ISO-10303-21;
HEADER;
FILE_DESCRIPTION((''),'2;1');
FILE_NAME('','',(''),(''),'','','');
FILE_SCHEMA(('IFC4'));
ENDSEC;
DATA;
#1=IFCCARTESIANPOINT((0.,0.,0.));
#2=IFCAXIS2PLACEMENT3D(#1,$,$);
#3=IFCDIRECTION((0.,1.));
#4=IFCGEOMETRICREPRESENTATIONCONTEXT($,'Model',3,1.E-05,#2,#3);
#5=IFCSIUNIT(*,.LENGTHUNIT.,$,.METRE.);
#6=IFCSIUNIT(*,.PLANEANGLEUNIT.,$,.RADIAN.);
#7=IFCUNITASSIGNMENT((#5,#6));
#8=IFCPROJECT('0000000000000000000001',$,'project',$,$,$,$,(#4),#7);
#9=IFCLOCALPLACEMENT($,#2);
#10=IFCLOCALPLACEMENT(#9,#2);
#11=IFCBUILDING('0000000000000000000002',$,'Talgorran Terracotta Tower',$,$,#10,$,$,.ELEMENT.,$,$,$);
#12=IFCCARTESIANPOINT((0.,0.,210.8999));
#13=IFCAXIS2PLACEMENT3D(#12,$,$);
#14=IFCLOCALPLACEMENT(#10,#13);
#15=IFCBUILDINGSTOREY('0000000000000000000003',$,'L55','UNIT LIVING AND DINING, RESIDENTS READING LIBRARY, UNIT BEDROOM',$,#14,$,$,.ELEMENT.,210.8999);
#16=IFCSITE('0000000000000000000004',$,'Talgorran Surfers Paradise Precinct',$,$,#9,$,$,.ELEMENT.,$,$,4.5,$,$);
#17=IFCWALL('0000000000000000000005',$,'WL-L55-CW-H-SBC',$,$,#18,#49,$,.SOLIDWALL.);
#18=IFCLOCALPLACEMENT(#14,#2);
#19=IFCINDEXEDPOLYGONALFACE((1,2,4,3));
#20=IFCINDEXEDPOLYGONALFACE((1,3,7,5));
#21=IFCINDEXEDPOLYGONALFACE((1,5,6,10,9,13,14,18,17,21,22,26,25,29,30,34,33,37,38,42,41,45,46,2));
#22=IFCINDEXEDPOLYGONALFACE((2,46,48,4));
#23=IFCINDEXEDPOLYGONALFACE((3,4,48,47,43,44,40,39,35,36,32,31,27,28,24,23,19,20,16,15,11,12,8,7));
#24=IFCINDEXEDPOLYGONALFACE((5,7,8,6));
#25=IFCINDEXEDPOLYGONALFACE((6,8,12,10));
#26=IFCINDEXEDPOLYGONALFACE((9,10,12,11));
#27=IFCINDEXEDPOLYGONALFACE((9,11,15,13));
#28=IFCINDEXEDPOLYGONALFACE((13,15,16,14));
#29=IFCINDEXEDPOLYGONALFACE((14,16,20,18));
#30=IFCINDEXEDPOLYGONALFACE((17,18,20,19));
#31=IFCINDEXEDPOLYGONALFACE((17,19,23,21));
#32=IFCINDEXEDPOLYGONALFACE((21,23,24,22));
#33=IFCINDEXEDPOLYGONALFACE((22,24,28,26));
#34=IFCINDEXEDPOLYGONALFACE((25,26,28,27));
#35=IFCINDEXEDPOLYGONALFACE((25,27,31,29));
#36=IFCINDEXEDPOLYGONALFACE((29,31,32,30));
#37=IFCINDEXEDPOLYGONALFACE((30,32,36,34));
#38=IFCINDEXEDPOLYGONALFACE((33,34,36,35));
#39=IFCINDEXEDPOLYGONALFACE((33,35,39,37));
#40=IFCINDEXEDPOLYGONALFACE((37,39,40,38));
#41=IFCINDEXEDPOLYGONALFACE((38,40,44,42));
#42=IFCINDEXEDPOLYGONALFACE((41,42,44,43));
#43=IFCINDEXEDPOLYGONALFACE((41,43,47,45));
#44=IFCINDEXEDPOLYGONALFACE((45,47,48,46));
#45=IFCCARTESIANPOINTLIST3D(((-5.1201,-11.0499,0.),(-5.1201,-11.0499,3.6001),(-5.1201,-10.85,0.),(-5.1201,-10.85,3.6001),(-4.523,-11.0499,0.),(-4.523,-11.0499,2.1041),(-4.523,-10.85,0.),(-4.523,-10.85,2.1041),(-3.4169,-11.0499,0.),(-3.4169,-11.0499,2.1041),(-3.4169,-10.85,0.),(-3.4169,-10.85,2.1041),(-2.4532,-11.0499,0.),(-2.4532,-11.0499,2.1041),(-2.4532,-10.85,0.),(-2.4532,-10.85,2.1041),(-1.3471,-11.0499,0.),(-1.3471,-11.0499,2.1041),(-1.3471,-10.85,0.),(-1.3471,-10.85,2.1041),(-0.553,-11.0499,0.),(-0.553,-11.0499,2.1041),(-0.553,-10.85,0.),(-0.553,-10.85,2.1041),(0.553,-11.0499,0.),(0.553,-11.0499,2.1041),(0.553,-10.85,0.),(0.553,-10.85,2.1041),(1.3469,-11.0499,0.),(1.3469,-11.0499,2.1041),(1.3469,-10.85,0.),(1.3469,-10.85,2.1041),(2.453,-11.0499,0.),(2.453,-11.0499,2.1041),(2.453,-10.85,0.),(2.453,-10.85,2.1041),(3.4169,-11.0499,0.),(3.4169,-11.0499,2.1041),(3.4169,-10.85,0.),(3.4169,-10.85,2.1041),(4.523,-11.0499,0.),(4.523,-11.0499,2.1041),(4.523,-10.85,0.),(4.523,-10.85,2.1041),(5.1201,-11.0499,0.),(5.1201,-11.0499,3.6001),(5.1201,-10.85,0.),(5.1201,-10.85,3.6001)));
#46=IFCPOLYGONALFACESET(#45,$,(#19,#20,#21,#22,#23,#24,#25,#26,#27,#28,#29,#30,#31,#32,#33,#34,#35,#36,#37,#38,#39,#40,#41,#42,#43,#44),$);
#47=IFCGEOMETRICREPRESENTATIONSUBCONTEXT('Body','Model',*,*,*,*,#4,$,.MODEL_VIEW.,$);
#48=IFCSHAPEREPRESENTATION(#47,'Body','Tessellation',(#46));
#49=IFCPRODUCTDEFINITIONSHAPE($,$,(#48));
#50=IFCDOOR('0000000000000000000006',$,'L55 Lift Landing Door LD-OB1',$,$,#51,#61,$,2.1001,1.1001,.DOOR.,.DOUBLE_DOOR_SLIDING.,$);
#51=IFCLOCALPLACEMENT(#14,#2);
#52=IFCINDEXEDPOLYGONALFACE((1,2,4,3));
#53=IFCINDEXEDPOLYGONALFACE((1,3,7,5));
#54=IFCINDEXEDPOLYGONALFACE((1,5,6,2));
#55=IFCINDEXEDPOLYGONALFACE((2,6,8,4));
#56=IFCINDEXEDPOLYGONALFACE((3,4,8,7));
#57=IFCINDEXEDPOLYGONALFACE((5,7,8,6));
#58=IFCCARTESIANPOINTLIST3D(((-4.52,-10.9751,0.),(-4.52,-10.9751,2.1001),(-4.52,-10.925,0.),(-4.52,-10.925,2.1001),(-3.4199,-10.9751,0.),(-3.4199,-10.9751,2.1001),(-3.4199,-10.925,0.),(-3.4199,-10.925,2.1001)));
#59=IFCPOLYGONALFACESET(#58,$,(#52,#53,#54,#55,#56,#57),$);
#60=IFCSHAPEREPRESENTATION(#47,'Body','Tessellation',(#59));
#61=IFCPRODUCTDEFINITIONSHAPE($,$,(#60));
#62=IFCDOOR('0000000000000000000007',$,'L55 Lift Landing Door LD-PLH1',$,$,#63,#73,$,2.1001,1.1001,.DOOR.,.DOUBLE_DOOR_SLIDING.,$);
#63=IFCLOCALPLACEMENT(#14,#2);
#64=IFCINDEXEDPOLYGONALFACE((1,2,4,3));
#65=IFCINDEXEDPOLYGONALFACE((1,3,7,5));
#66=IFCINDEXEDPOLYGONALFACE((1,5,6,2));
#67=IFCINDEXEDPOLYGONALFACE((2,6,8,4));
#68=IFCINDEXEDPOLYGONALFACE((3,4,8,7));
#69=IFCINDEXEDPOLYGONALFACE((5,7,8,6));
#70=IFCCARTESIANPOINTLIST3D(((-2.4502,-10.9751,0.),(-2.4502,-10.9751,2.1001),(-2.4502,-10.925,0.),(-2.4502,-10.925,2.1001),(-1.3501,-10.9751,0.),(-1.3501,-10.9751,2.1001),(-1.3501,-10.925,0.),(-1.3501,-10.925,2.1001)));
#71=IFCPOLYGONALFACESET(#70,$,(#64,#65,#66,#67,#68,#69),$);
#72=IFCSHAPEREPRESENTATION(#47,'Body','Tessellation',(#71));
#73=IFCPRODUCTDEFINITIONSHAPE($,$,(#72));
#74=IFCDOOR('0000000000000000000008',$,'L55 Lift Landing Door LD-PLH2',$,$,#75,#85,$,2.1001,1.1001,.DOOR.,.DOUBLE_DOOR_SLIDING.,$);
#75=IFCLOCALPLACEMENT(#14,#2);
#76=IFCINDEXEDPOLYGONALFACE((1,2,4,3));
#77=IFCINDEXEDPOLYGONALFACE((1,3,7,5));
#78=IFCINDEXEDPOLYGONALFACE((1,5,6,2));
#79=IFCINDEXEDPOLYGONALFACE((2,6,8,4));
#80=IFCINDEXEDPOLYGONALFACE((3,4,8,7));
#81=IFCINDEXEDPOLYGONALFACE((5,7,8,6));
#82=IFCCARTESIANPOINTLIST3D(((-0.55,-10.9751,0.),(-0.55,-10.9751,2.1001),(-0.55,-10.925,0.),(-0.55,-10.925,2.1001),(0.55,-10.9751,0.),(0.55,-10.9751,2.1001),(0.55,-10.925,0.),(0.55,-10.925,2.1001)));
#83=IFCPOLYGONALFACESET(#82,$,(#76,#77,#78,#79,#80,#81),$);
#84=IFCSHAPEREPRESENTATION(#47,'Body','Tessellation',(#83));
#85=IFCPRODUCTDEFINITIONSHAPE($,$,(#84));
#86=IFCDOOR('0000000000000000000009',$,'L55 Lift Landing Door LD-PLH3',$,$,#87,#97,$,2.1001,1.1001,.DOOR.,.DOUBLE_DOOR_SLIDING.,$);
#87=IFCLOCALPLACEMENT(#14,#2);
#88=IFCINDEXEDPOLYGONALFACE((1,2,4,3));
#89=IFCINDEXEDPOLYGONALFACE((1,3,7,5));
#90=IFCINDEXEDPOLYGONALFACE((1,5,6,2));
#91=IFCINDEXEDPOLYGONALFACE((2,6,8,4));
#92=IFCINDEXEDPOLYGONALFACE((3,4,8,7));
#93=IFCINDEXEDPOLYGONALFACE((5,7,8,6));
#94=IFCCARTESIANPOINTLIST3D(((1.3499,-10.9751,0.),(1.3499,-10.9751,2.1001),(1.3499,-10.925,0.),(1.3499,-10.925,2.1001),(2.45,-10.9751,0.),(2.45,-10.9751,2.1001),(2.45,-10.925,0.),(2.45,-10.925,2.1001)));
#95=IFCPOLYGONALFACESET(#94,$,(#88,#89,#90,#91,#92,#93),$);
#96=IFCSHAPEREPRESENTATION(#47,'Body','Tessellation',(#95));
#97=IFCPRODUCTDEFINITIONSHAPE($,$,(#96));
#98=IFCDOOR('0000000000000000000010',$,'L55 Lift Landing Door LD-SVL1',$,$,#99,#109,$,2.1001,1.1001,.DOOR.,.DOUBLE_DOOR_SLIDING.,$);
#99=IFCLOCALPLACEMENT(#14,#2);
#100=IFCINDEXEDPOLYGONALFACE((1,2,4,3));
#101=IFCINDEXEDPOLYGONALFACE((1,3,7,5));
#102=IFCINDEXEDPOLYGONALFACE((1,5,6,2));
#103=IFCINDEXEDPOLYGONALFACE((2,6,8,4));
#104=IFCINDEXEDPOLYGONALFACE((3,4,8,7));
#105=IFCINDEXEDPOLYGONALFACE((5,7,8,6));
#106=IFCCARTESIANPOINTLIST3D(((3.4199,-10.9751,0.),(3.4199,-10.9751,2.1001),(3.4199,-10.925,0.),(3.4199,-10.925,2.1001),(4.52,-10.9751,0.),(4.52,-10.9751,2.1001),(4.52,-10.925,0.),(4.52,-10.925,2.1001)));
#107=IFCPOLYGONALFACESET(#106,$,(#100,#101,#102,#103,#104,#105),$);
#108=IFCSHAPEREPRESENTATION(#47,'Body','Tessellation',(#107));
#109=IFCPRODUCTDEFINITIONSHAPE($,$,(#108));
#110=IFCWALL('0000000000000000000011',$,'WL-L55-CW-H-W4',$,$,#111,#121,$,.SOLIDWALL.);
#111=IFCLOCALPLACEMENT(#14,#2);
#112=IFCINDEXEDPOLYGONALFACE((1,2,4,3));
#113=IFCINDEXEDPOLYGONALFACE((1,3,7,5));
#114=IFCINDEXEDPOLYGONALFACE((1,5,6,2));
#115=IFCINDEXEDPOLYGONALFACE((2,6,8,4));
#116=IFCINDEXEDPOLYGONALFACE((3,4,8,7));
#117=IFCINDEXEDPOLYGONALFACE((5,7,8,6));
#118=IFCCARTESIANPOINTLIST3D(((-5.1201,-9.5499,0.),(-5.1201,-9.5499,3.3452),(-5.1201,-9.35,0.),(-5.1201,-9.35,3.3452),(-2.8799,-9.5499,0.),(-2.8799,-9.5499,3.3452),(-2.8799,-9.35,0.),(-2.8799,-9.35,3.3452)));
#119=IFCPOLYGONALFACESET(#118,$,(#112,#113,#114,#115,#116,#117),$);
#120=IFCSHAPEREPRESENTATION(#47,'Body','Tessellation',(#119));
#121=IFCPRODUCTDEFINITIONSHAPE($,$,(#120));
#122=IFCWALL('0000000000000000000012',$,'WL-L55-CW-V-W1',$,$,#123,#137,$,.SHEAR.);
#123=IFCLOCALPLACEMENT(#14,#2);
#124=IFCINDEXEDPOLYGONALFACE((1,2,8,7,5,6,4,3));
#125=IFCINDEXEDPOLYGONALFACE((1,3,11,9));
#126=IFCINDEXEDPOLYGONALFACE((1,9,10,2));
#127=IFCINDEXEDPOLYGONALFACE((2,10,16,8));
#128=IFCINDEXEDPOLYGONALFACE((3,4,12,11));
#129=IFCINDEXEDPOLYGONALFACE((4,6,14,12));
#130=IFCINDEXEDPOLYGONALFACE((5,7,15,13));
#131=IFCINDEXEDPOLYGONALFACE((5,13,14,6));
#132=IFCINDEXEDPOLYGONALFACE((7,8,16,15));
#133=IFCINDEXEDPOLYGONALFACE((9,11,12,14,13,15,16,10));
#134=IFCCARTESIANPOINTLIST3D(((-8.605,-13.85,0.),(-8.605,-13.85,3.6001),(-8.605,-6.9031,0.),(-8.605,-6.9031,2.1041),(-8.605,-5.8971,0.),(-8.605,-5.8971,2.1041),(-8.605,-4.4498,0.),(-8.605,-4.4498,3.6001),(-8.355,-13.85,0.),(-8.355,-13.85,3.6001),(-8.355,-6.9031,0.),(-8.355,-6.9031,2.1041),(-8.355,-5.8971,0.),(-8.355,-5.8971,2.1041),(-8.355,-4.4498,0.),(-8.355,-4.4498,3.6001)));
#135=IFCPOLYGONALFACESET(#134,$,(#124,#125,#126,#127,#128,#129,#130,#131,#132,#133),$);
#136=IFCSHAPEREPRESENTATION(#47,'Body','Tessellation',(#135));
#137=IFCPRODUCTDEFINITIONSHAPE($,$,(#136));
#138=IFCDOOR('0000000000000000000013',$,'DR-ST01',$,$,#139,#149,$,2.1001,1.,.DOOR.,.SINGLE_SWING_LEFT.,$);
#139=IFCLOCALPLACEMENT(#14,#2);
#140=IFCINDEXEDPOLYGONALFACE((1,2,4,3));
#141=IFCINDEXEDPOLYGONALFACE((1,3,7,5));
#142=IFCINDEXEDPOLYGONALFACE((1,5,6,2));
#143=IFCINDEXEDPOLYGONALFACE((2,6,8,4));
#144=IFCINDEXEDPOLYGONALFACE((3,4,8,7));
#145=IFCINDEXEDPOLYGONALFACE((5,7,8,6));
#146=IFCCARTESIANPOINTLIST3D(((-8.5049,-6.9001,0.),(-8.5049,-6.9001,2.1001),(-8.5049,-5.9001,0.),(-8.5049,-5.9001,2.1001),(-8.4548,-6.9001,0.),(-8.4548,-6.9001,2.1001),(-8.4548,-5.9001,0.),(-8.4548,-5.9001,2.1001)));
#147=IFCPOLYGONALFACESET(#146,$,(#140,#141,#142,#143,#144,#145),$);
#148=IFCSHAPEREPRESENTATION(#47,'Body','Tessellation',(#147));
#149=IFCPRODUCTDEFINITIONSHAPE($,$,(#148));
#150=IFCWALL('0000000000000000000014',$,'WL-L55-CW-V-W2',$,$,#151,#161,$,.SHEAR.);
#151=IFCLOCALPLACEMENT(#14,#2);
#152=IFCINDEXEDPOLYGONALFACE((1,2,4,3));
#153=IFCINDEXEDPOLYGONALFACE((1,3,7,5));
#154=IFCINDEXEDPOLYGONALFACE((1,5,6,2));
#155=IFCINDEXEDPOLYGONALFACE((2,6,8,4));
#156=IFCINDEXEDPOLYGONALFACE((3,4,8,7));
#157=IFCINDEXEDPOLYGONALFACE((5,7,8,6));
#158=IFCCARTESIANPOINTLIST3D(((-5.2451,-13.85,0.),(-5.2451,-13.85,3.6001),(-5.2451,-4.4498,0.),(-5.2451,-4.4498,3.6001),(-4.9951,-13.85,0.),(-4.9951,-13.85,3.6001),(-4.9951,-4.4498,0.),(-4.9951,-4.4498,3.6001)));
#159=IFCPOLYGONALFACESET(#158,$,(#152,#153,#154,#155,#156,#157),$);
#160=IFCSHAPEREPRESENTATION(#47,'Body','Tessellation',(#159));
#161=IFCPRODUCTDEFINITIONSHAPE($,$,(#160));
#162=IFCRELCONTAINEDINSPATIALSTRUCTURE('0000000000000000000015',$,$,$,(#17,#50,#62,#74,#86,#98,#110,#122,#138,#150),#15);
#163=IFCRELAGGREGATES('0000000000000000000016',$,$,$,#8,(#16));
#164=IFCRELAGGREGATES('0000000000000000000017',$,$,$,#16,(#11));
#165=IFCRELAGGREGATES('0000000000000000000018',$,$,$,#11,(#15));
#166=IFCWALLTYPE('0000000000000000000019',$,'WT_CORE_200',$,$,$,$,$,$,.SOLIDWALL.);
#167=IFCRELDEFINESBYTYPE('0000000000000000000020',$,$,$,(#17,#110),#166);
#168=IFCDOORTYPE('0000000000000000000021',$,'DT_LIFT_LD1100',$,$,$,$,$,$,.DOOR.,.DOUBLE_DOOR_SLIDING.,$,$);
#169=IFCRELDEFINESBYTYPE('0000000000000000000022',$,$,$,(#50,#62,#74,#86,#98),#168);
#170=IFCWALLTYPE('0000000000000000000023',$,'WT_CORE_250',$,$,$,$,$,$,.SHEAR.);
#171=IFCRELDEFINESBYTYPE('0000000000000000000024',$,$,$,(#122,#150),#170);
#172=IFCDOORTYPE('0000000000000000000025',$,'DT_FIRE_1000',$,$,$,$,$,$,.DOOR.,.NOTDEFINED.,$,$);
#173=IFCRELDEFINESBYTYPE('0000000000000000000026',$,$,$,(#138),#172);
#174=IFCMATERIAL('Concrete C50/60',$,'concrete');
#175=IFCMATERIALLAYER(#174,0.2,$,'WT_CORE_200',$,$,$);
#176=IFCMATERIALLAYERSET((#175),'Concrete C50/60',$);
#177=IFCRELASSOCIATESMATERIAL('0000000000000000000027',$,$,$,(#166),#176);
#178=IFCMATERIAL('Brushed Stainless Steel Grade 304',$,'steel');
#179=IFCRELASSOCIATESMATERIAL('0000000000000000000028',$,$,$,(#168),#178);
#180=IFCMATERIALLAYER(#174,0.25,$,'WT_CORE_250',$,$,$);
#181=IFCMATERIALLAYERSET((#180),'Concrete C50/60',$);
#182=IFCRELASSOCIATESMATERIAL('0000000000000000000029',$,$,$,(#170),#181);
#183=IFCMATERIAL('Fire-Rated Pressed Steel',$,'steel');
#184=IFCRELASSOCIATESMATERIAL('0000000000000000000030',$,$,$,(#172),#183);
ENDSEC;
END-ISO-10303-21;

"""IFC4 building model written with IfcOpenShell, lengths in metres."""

from ifc_helpers import new_model, si_unit, direction, frame, frame_2d, origin, place, context, subcontext, project, spatial, rectangle, extrude, material, layer, layer_set, type_object, element, fill, save


model = new_model("IFC4")

# Units and contexts
model_context = context("Model", 3, precision=1e-05, world=origin(), true_north=direction((0.0, 1.0)))
body_context = subcontext(model_context, "Body", "Model", "MODEL_VIEW")
ifc_project = project(units=[si_unit("LENGTHUNIT", "METRE"), si_unit("PLANEANGLEUNIT", "RADIAN")], contexts=[model_context])

# Site, building, storey
site_placement = place(None, origin())
site = spatial("IfcSite", under=ifc_project, at=site_placement, Name="Talgorran Surfers Paradise Precinct", CompositionType="ELEMENT", RefElevation=4.5)
building_placement = place(site_placement, origin())
building = spatial("IfcBuilding", under=site, at=building_placement, Name="Talgorran Terracotta Tower", CompositionType="ELEMENT")
storey_placement = place(building_placement, frame((0.0, 0.0, 210.8999)))
storey = spatial("IfcBuildingStorey", under=building, at=storey_placement, Name="L55", Description="UNIT LIVING AND DINING, RESIDENTS READING LIBRARY, UNIT BEDROOM", CompositionType="ELEMENT", Elevation=210.8999)

# Shared definitions
ifc_material_1 = material(Name="Concrete C50/60", Category="concrete")

# Wall, openings, doors
ifc_layer_1 = layer(ifc_material_1, 0.2, Name="WT_CORE_200")
ifc_layer_set_1 = layer_set([ifc_layer_1], Name="Concrete C50/60")
wall_type_1 = type_object("IfcWallType", Name="WT_CORE_200", PredefinedType="SOLIDWALL", material=ifc_layer_set_1)
ifc_material_2 = material(Name="Brushed Stainless Steel Grade 304", Category="steel")
door_type_1 = type_object("IfcDoorType", Name="DT_LIFT_LD1100", OperationType="DOUBLE_DOOR_SLIDING", PredefinedType="DOOR", material=ifc_material_2)
ifc_material_3 = material(Name="Fire-Rated Pressed Steel", Category="steel")
wall_1_placement = place(storey_placement, frame((-5.1201, -10.95, 0.0), z_axis=(0.0, 0.0, 1.0), x_axis=(1.0, 0.0, 0.0)))
wall_1 = element("IfcWall", 1, at=wall_1_placement, inside=storey, type_object=wall_type_1, Name="WL-L55-CW-H-SBC", PredefinedType="SOLIDWALL", context=body_context, shape_type="SweptSolid", body=[
    extrude(rectangle(XDim=10.2402, YDim=0.2, at=frame_2d((5.1201, 0.0))), origin(), (0.0, 0.0, 1.0), 3.6001),
])
opening_1_placement = place(wall_1_placement, frame((0.6001, 0.0, 0.0)))
opening_1 = element("IfcOpeningElement", 2, at=opening_1_placement, cuts=wall_1, PredefinedType="OPENING", context=body_context, shape_type="SweptSolid", body=[
    extrude(rectangle(XDim=1.1061, YDim=2.1041, at=frame_2d((0.55, 1.052))), frame((0.0, 0.1099, 0.0), z_axis=(0.0, -1.0, 0.0), x_axis=(1.0, 0.0, 0.0)), (0.0, 0.0, 1.0), 0.22),
])
opening_2_placement = place(wall_1_placement, frame((2.6699, 0.0, 0.0)))
opening_2 = element("IfcOpeningElement", 3, at=opening_2_placement, cuts=wall_1, PredefinedType="OPENING", context=body_context, shape_type="SweptSolid", body=[
    extrude(rectangle(XDim=1.1061, YDim=2.1041, at=frame_2d((0.55, 1.052))), frame((0.0, 0.1099, 0.0), z_axis=(0.0, -1.0, 0.0), x_axis=(1.0, 0.0, 0.0)), (0.0, 0.0, 1.0), 0.22),
])
opening_3_placement = place(wall_1_placement, frame((4.5701, 0.0, 0.0)))
opening_3 = element("IfcOpeningElement", 4, at=opening_3_placement, cuts=wall_1, PredefinedType="OPENING", context=body_context, shape_type="SweptSolid", body=[
    extrude(rectangle(XDim=1.1061, YDim=2.1041, at=frame_2d((0.55, 1.052))), frame((0.0, 0.1099, 0.0), z_axis=(0.0, -1.0, 0.0), x_axis=(1.0, 0.0, 0.0)), (0.0, 0.0, 1.0), 0.22),
])
opening_4_placement = place(wall_1_placement, frame((6.47, 0.0, 0.0)))
opening_4 = element("IfcOpeningElement", 5, at=opening_4_placement, cuts=wall_1, PredefinedType="OPENING", context=body_context, shape_type="SweptSolid", body=[
    extrude(rectangle(XDim=1.1061, YDim=2.1041, at=frame_2d((0.55, 1.052))), frame((0.0, 0.1099, 0.0), z_axis=(0.0, -1.0, 0.0), x_axis=(1.0, 0.0, 0.0)), (0.0, 0.0, 1.0), 0.22),
])
opening_5_placement = place(wall_1_placement, frame((8.54, 0.0, 0.0)))
opening_5 = element("IfcOpeningElement", 6, at=opening_5_placement, cuts=wall_1, PredefinedType="OPENING", context=body_context, shape_type="SweptSolid", body=[
    extrude(rectangle(XDim=1.1061, YDim=2.1041, at=frame_2d((0.55, 1.052))), frame((0.0, 0.1099, 0.0), z_axis=(0.0, -1.0, 0.0), x_axis=(1.0, 0.0, 0.0)), (0.0, 0.0, 1.0), 0.22),
])
door_1_placement = place(opening_1_placement, origin())
door_1 = element("IfcDoor", 7, at=door_1_placement, inside=storey, type_object=door_type_1, Name="L55 Lift Landing Door LD-OB1", OperationType="DOUBLE_DOOR_SLIDING", OverallHeight=2.1001, OverallWidth=1.1001, PredefinedType="DOOR", context=body_context, shape_type="SweptSolid", body=[
    extrude(rectangle(XDim=1.1001, YDim=2.1001, at=frame_2d((0.55, 1.05))), frame((0.0, 0.0249, 0.0), z_axis=(0.0, -1.0, 0.0), x_axis=(1.0, 0.0, 0.0)), (0.0, 0.0, 1.0), 0.05),
])
fill(opening_1, door_1)
door_2_placement = place(opening_2_placement, origin())
door_2 = element("IfcDoor", 8, at=door_2_placement, inside=storey, type_object=door_type_1, Name="L55 Lift Landing Door LD-PLH1", OperationType="DOUBLE_DOOR_SLIDING", OverallHeight=2.1001, OverallWidth=1.1001, PredefinedType="DOOR", context=body_context, shape_type="SweptSolid", body=[
    extrude(rectangle(XDim=1.1001, YDim=2.1001, at=frame_2d((0.55, 1.05))), frame((0.0, 0.0249, 0.0), z_axis=(0.0, -1.0, 0.0), x_axis=(1.0, 0.0, 0.0)), (0.0, 0.0, 1.0), 0.05),
])
fill(opening_2, door_2)
door_3_placement = place(opening_3_placement, origin())
door_3 = element("IfcDoor", 9, at=door_3_placement, inside=storey, type_object=door_type_1, Name="L55 Lift Landing Door LD-PLH2", OperationType="DOUBLE_DOOR_SLIDING", OverallHeight=2.1001, OverallWidth=1.1001, PredefinedType="DOOR", context=body_context, shape_type="SweptSolid", body=[
    extrude(rectangle(XDim=1.1001, YDim=2.1001, at=frame_2d((0.55, 1.05))), frame((0.0, 0.0249, 0.0), z_axis=(0.0, -1.0, 0.0), x_axis=(1.0, 0.0, 0.0)), (0.0, 0.0, 1.0), 0.05),
])
fill(opening_3, door_3)
door_4_placement = place(opening_4_placement, origin())
door_4 = element("IfcDoor", 10, at=door_4_placement, inside=storey, type_object=door_type_1, Name="L55 Lift Landing Door LD-PLH3", OperationType="DOUBLE_DOOR_SLIDING", OverallHeight=2.1001, OverallWidth=1.1001, PredefinedType="DOOR", context=body_context, shape_type="SweptSolid", body=[
    extrude(rectangle(XDim=1.1001, YDim=2.1001, at=frame_2d((0.55, 1.05))), frame((0.0, 0.0249, 0.0), z_axis=(0.0, -1.0, 0.0), x_axis=(1.0, 0.0, 0.0)), (0.0, 0.0, 1.0), 0.05),
])
fill(opening_4, door_4)
door_5_placement = place(opening_5_placement, origin())
door_5 = element("IfcDoor", 11, at=door_5_placement, inside=storey, type_object=door_type_1, Name="L55 Lift Landing Door LD-SVL1", OperationType="DOUBLE_DOOR_SLIDING", OverallHeight=2.1001, OverallWidth=1.1001, PredefinedType="DOOR", context=body_context, shape_type="SweptSolid", body=[
    extrude(rectangle(XDim=1.1001, YDim=2.1001, at=frame_2d((0.55, 1.05))), frame((0.0, 0.0249, 0.0), z_axis=(0.0, -1.0, 0.0), x_axis=(1.0, 0.0, 0.0)), (0.0, 0.0, 1.0), 0.05),
])
fill(opening_5, door_5)

# Wall
wall_2_placement = place(storey_placement, frame((-5.1201, -9.45, 0.0), z_axis=(0.0, 0.0, 1.0), x_axis=(1.0, 0.0, 0.0)))
element("IfcWall", 12, at=wall_2_placement, inside=storey, type_object=wall_type_1, Name="WL-L55-CW-H-W4", PredefinedType="SOLIDWALL", context=body_context, shape_type="SweptSolid", body=[
    extrude(rectangle(XDim=2.2402, YDim=0.2, at=frame_2d((1.1201, 0.0))), origin(), (0.0, 0.0, 1.0), 3.3452),
])

# Wall, opening, door
ifc_layer_2 = layer(ifc_material_1, 0.25, Name="WT_CORE_250")
ifc_layer_set_2 = layer_set([ifc_layer_2], Name="Concrete C50/60")
wall_type_2 = type_object("IfcWallType", Name="WT_CORE_250", PredefinedType="SHEAR", material=ifc_layer_set_2)
wall_3_placement = place(storey_placement, frame((-8.48, -13.8501, 0.0), z_axis=(0.0, 0.0, 1.0), x_axis=(0.0, 1.0, 0.0)))
wall_3 = element("IfcWall", 13, at=wall_3_placement, inside=storey, type_object=wall_type_2, Name="WL-L55-CW-V-W1", PredefinedType="SHEAR", context=body_context, shape_type="SweptSolid", body=[
    extrude(rectangle(XDim=9.4001, YDim=0.25, at=frame_2d((4.7002, 0.0))), origin(), (0.0, 0.0, 1.0), 3.6001),
])
opening_6_placement = place(wall_3_placement, frame((6.95, 0.0, 0.0)))
opening_6 = element("IfcOpeningElement", 14, at=opening_6_placement, cuts=wall_3, PredefinedType="OPENING", context=body_context, shape_type="SweptSolid", body=[
    extrude(rectangle(XDim=1.006, YDim=2.1041, at=frame_2d((0.5, 1.052))), frame((0.0, 0.135, 0.0), z_axis=(0.0, -1.0, 0.0), x_axis=(1.0, 0.0, 0.0)), (0.0, 0.0, 1.0), 0.27),
])
door_type_2 = type_object("IfcDoorType", Name="DT_FIRE_1000", OperationType="NOTDEFINED", PredefinedType="DOOR", material=ifc_material_3)
door_6_placement = place(opening_6_placement, origin())
door_6 = element("IfcDoor", 15, at=door_6_placement, inside=storey, type_object=door_type_2, Name="DR-ST01", OperationType="SINGLE_SWING_LEFT", OverallHeight=2.1001, OverallWidth=1.0, PredefinedType="DOOR", context=body_context, shape_type="SweptSolid", body=[
    extrude(rectangle(XDim=1.0, YDim=2.1001, at=frame_2d((0.5, 1.05))), frame((0.0, 0.0249, 0.0), z_axis=(0.0, -1.0, 0.0), x_axis=(1.0, 0.0, 0.0)), (0.0, 0.0, 1.0), 0.05),
])
fill(opening_6, door_6)

# Wall
wall_4_placement = place(storey_placement, frame((-5.1201, -13.8501, 0.0), z_axis=(0.0, 0.0, 1.0), x_axis=(0.0, 1.0, 0.0)))
element("IfcWall", 16, at=wall_4_placement, inside=storey, type_object=wall_type_2, Name="WL-L55-CW-V-W2", PredefinedType="SHEAR", context=body_context, shape_type="SweptSolid", body=[
    extrude(rectangle(XDim=9.4001, YDim=0.25, at=frame_2d((4.7002, 0.0))), origin(), (0.0, 0.0, 1.0), 3.6001),
])

save(model, "model.ifc")
